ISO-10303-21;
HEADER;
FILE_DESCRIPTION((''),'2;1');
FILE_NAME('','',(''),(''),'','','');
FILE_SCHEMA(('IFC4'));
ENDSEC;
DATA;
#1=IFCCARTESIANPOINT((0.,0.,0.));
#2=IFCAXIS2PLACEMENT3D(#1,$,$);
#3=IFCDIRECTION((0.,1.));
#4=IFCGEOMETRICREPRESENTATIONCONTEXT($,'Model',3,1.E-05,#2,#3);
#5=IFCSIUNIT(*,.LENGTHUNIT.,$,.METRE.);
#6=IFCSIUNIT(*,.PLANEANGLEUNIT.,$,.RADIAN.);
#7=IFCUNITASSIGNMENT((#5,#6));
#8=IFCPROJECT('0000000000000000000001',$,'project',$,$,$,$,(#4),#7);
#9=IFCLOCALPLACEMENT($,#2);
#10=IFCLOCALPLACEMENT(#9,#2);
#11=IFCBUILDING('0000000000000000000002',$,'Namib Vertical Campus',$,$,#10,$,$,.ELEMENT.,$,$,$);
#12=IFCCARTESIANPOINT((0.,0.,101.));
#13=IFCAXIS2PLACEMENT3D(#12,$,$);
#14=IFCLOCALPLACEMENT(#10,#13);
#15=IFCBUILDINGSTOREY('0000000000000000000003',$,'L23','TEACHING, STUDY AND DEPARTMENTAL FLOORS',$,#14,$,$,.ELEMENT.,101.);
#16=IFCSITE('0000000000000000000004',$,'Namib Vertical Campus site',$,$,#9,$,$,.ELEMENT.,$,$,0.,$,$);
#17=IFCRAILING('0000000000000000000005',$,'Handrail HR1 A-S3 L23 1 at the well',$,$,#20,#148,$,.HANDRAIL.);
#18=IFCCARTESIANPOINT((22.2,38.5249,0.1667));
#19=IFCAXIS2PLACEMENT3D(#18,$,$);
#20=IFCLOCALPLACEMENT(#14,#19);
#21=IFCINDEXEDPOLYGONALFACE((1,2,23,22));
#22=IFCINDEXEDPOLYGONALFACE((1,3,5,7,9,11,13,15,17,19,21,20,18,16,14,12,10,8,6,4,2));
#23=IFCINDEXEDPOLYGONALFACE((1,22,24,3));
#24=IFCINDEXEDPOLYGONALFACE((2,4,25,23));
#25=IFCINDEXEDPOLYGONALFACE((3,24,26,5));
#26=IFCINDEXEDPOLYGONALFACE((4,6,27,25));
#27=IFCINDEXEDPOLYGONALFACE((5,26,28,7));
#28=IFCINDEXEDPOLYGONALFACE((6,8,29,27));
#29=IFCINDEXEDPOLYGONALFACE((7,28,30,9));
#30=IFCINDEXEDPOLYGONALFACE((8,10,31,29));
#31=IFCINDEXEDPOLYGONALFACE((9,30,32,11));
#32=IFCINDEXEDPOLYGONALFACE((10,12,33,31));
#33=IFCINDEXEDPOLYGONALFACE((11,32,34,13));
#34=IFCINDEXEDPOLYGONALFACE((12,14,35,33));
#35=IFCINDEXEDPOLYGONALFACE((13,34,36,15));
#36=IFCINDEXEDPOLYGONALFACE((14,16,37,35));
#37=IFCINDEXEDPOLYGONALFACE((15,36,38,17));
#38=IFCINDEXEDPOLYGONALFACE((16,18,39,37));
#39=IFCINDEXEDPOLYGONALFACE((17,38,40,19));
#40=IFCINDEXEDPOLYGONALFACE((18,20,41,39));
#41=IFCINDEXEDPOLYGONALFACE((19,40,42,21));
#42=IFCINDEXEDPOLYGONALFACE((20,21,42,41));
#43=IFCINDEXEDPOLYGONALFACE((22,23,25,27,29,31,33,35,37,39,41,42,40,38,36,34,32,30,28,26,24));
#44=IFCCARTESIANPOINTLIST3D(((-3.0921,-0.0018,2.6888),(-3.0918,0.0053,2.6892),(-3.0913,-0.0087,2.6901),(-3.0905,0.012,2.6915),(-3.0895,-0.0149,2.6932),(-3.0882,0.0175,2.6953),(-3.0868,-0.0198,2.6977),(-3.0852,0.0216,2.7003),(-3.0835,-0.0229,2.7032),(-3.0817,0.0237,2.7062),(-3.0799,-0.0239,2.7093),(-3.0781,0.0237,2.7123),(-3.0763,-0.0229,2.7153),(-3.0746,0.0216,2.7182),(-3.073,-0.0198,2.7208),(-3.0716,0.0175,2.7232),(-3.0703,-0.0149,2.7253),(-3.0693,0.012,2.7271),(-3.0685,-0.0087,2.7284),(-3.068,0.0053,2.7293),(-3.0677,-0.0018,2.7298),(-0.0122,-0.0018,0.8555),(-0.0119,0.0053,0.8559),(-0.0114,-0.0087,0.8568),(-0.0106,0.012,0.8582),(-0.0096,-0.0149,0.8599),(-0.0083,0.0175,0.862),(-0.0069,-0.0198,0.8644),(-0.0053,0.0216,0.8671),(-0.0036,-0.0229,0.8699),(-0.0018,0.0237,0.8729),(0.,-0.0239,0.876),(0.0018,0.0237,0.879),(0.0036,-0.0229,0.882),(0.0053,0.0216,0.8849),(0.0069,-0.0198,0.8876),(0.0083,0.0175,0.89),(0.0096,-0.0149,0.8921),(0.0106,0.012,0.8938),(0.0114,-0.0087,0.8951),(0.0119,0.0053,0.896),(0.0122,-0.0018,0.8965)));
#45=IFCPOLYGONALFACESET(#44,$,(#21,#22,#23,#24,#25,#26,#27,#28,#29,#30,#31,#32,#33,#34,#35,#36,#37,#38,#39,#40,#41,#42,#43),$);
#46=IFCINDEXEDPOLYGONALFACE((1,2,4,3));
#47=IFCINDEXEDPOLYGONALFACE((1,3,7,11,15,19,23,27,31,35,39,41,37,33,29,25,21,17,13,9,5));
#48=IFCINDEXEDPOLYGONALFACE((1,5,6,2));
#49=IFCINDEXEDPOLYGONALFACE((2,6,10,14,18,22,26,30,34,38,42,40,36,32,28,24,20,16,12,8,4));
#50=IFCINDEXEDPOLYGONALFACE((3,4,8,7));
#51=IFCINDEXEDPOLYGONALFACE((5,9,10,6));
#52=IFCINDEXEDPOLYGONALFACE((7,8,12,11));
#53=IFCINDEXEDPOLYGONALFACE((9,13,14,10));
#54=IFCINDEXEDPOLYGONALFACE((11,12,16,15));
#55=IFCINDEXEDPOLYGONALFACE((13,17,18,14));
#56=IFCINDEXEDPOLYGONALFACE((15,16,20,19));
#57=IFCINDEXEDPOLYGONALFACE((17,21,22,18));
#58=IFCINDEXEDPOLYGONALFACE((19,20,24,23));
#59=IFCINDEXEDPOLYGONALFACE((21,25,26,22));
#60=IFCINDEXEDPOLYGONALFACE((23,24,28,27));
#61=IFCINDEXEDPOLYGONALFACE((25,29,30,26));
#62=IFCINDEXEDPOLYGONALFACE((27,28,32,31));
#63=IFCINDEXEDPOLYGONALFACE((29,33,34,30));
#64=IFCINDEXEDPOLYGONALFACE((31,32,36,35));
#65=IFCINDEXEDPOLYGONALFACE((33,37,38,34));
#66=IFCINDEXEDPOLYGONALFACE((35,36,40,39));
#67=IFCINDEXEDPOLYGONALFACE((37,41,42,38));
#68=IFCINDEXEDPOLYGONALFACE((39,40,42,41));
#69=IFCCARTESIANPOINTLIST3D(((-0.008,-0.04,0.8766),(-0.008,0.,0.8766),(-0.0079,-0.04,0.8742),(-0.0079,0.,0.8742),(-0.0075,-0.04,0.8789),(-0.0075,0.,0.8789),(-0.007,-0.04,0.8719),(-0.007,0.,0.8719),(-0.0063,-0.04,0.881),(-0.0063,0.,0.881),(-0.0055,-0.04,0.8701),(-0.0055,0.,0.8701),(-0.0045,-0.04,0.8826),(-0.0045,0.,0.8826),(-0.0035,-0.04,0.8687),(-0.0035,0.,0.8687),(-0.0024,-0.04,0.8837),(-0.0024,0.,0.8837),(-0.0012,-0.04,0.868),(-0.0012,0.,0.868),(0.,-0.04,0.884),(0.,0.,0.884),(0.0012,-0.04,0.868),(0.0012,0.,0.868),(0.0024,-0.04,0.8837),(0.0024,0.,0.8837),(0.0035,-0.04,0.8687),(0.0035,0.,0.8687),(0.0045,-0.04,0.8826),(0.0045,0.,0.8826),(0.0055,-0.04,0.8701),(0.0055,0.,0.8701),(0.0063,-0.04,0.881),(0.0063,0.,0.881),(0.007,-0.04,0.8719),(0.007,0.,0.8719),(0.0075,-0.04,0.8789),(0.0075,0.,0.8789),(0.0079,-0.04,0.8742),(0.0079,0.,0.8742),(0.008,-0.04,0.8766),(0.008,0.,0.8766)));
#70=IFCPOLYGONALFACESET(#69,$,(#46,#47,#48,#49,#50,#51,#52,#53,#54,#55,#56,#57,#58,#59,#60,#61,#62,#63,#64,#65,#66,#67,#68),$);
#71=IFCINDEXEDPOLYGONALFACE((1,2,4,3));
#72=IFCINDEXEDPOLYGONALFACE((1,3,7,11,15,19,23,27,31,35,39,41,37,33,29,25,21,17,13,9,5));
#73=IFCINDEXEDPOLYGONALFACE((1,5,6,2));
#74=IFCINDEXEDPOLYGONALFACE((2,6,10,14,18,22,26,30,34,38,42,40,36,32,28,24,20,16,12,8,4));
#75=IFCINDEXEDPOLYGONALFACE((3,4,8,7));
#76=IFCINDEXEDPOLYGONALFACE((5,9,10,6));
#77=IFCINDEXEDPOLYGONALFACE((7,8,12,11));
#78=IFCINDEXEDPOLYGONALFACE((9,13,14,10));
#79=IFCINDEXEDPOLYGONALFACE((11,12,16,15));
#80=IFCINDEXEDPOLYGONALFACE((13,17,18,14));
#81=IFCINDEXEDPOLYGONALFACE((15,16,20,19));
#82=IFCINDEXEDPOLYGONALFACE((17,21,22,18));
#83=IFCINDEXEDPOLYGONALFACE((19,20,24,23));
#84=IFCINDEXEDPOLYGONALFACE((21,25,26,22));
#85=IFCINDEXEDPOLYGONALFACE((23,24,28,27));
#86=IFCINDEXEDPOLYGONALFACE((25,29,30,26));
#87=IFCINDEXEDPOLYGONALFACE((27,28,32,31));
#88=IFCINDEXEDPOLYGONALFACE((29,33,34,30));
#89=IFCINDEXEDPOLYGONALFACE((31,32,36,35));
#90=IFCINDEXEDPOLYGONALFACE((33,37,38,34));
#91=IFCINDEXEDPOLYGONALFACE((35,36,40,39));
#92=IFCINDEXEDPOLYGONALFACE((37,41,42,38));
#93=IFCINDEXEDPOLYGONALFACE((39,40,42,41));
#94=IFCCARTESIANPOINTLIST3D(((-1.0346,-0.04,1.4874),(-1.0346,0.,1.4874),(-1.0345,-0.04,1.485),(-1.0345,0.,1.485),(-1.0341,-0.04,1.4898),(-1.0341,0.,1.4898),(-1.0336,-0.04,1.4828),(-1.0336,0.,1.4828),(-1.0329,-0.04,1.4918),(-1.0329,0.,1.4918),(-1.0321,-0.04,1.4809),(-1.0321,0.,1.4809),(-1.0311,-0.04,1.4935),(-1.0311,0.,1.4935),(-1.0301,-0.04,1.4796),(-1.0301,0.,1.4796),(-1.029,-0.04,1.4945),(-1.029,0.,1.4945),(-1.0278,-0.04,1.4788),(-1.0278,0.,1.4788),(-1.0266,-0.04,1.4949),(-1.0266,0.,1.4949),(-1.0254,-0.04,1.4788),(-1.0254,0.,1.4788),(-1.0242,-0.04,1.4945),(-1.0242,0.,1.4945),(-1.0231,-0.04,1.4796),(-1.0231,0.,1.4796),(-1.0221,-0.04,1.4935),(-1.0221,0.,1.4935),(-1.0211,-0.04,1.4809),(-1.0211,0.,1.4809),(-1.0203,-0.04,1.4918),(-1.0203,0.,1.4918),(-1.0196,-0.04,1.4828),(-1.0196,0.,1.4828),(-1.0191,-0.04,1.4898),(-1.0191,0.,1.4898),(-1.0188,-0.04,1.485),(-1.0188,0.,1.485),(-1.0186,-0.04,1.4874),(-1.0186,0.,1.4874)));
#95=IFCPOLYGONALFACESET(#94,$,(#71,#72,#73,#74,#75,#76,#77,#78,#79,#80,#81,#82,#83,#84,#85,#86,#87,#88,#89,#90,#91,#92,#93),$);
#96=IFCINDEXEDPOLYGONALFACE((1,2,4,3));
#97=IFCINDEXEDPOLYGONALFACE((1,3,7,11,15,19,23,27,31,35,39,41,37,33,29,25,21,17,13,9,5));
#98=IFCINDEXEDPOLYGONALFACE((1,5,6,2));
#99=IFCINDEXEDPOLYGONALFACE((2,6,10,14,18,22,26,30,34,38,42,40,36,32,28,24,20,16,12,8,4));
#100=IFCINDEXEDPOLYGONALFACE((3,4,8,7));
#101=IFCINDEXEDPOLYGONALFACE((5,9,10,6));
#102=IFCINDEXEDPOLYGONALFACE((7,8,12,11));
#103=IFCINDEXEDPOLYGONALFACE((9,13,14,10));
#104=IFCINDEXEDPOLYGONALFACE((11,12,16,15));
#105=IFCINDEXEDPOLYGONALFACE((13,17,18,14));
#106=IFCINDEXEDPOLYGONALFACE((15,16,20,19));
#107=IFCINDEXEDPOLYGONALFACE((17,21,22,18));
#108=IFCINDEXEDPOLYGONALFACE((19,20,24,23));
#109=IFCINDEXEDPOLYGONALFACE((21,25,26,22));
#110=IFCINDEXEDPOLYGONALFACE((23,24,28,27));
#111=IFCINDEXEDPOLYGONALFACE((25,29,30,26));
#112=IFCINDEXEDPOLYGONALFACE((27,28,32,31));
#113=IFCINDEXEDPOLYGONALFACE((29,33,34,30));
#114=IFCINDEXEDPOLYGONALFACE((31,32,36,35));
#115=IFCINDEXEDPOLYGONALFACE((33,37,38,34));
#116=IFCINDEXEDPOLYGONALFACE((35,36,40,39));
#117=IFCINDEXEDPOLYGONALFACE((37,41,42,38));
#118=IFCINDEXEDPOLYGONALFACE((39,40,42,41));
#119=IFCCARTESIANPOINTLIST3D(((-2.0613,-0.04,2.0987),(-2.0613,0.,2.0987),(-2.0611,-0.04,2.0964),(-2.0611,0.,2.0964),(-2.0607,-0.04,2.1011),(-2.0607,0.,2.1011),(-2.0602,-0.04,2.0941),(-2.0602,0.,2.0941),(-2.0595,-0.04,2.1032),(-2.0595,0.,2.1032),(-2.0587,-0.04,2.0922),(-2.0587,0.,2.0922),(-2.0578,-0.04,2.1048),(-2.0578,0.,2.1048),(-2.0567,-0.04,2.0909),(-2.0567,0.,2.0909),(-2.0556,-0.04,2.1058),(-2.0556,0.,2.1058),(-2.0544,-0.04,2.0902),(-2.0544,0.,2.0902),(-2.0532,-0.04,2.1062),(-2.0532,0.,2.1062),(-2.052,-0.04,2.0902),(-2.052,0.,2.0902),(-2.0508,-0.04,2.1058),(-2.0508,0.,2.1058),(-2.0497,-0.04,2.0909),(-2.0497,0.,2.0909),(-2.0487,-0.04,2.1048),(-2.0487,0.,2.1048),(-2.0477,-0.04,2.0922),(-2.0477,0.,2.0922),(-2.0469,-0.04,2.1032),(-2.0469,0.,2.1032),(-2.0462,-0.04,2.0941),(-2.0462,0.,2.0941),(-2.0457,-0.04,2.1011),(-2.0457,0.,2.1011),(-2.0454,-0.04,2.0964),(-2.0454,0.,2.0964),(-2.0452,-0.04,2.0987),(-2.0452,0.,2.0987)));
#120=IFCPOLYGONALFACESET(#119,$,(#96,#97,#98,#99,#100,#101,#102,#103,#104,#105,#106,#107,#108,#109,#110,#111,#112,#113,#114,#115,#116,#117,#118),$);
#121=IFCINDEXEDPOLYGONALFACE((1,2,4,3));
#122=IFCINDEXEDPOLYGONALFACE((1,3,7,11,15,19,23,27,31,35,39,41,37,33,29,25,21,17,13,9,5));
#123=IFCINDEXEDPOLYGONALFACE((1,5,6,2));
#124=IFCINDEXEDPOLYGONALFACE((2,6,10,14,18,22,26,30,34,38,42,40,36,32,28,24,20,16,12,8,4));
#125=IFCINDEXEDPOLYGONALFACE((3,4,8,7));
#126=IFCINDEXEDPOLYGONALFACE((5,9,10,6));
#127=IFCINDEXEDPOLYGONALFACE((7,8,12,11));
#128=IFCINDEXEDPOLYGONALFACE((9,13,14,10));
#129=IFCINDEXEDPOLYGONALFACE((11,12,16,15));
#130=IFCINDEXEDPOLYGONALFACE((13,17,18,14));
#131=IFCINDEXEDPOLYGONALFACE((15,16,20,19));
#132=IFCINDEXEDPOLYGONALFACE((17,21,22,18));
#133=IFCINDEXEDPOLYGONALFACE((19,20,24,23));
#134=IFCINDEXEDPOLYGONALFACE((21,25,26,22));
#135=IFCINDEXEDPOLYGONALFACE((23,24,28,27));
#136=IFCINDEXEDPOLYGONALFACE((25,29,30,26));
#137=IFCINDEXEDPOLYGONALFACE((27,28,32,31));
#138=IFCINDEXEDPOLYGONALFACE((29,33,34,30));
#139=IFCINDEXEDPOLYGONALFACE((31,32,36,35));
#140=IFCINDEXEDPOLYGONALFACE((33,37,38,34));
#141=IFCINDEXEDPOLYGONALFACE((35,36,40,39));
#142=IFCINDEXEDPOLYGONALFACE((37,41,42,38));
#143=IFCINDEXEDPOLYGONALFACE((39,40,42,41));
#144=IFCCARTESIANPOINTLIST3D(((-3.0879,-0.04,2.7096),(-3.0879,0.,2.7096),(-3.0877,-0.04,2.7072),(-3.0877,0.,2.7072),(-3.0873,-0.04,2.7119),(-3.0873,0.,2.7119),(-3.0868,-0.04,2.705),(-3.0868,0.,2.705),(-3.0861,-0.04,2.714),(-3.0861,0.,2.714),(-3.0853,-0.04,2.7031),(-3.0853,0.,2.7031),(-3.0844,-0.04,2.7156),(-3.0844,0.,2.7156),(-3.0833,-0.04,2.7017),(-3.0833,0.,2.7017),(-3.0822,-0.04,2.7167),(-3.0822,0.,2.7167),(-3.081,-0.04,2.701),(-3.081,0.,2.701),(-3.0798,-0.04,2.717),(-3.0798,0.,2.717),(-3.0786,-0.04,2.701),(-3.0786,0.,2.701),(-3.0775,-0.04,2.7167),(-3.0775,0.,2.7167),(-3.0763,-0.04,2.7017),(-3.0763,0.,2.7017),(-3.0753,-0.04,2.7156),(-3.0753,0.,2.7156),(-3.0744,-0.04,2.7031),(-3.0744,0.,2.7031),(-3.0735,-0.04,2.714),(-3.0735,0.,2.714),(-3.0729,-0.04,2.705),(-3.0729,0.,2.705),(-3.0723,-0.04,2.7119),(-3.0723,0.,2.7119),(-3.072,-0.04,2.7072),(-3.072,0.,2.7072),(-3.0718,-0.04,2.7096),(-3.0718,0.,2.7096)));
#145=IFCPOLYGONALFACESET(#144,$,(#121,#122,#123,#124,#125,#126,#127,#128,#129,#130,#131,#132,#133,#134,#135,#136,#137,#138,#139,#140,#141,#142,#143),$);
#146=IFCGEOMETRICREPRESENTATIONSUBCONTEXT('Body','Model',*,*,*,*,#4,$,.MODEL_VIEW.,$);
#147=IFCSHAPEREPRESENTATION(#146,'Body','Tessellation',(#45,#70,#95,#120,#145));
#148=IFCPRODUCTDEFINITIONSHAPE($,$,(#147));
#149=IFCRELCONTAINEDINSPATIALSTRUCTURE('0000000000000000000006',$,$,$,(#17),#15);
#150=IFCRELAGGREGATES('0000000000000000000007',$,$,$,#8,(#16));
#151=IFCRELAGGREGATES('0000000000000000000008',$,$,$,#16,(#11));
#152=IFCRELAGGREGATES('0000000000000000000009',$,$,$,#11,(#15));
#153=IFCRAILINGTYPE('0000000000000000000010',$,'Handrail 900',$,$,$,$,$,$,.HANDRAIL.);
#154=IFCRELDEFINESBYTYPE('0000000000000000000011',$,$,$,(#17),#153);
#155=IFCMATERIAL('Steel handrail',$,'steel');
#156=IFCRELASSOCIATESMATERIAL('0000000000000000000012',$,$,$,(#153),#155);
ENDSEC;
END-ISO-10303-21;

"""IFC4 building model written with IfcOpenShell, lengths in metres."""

from ifc_helpers import new_model, si_unit, direction, frame, origin, origin_2d, place, context, subcontext, project, spatial, circle, extrude, material, type_object, element, save


model = new_model("IFC4")

# Units and contexts
model_context = context("Model", 3, precision=1e-05, world=origin(), true_north=direction((0.0, 1.0)))
body_context = subcontext(model_context, "Body", "Model", "MODEL_VIEW")
ifc_project = project(units=[si_unit("LENGTHUNIT", "METRE"), si_unit("PLANEANGLEUNIT", "RADIAN")], contexts=[model_context])

# Site, building, storey
site_placement = place(None, origin())
site = spatial("IfcSite", under=ifc_project, at=site_placement, Name="Namib Vertical Campus site", CompositionType="ELEMENT", RefElevation=0.0)
building_placement = place(site_placement, origin())
building = spatial("IfcBuilding", under=site, at=building_placement, Name="Namib Vertical Campus", CompositionType="ELEMENT")
storey_placement = place(building_placement, frame((0.0, 0.0, 101.0)))
storey = spatial("IfcBuildingStorey", under=building, at=storey_placement, Name="L23", Description="TEACHING, STUDY AND DEPARTMENTAL FLOORS", CompositionType="ELEMENT", Elevation=101.0)

# Railing
ifc_material_1 = material(Name="Steel handrail", Category="steel")
railing_type_1 = type_object("IfcRailingType", Name="Handrail 900", PredefinedType="HANDRAIL", material=ifc_material_1)
railing_1_placement = place(storey_placement, frame((22.2, 38.5249, 0.1667)))
element("IfcRailing", 1, at=railing_1_placement, inside=storey, type_object=railing_type_1, Name="Handrail HR1 A-S3 L23 1 at the well", PredefinedType="HANDRAIL", context=body_context, shape_type="SweptSolid", body=[
    extrude(circle(Radius=0.0239, at=origin_2d()), frame((0.0, 0.0, 0.876), z_axis=(-0.859291, 0.0, 0.511487), x_axis=(0.0, -1.0, 0.0)), (0.0, 0.0, 1.0), 3.5842),
    extrude(circle(Radius=0.0081, at=origin_2d()), frame((0.0, 0.0, 0.876), z_axis=(0.0, -1.0, 0.0), x_axis=(0.0, 0.0, 1.0)), (0.0, 0.0, 1.0), 0.04),
    extrude(circle(Radius=0.0081, at=origin_2d()), frame((-1.0266, 0.0, 1.4868), z_axis=(0.0, -1.0, 0.0), x_axis=(0.0, 0.0, 1.0)), (0.0, 0.0, 1.0), 0.04),
    extrude(circle(Radius=0.0081, at=origin_2d()), frame((-2.0532, 0.0, 2.0981), z_axis=(0.0, -1.0, 0.0), x_axis=(0.0, 0.0, 1.0)), (0.0, 0.0, 1.0), 0.04),
    extrude(circle(Radius=0.0081, at=origin_2d()), frame((-3.0798, 0.0, 2.709), z_axis=(0.0, -1.0, 0.0), x_axis=(0.0, 0.0, 1.0)), (0.0, 0.0, 1.0), 0.04),
])

save(model, "model.ifc")
